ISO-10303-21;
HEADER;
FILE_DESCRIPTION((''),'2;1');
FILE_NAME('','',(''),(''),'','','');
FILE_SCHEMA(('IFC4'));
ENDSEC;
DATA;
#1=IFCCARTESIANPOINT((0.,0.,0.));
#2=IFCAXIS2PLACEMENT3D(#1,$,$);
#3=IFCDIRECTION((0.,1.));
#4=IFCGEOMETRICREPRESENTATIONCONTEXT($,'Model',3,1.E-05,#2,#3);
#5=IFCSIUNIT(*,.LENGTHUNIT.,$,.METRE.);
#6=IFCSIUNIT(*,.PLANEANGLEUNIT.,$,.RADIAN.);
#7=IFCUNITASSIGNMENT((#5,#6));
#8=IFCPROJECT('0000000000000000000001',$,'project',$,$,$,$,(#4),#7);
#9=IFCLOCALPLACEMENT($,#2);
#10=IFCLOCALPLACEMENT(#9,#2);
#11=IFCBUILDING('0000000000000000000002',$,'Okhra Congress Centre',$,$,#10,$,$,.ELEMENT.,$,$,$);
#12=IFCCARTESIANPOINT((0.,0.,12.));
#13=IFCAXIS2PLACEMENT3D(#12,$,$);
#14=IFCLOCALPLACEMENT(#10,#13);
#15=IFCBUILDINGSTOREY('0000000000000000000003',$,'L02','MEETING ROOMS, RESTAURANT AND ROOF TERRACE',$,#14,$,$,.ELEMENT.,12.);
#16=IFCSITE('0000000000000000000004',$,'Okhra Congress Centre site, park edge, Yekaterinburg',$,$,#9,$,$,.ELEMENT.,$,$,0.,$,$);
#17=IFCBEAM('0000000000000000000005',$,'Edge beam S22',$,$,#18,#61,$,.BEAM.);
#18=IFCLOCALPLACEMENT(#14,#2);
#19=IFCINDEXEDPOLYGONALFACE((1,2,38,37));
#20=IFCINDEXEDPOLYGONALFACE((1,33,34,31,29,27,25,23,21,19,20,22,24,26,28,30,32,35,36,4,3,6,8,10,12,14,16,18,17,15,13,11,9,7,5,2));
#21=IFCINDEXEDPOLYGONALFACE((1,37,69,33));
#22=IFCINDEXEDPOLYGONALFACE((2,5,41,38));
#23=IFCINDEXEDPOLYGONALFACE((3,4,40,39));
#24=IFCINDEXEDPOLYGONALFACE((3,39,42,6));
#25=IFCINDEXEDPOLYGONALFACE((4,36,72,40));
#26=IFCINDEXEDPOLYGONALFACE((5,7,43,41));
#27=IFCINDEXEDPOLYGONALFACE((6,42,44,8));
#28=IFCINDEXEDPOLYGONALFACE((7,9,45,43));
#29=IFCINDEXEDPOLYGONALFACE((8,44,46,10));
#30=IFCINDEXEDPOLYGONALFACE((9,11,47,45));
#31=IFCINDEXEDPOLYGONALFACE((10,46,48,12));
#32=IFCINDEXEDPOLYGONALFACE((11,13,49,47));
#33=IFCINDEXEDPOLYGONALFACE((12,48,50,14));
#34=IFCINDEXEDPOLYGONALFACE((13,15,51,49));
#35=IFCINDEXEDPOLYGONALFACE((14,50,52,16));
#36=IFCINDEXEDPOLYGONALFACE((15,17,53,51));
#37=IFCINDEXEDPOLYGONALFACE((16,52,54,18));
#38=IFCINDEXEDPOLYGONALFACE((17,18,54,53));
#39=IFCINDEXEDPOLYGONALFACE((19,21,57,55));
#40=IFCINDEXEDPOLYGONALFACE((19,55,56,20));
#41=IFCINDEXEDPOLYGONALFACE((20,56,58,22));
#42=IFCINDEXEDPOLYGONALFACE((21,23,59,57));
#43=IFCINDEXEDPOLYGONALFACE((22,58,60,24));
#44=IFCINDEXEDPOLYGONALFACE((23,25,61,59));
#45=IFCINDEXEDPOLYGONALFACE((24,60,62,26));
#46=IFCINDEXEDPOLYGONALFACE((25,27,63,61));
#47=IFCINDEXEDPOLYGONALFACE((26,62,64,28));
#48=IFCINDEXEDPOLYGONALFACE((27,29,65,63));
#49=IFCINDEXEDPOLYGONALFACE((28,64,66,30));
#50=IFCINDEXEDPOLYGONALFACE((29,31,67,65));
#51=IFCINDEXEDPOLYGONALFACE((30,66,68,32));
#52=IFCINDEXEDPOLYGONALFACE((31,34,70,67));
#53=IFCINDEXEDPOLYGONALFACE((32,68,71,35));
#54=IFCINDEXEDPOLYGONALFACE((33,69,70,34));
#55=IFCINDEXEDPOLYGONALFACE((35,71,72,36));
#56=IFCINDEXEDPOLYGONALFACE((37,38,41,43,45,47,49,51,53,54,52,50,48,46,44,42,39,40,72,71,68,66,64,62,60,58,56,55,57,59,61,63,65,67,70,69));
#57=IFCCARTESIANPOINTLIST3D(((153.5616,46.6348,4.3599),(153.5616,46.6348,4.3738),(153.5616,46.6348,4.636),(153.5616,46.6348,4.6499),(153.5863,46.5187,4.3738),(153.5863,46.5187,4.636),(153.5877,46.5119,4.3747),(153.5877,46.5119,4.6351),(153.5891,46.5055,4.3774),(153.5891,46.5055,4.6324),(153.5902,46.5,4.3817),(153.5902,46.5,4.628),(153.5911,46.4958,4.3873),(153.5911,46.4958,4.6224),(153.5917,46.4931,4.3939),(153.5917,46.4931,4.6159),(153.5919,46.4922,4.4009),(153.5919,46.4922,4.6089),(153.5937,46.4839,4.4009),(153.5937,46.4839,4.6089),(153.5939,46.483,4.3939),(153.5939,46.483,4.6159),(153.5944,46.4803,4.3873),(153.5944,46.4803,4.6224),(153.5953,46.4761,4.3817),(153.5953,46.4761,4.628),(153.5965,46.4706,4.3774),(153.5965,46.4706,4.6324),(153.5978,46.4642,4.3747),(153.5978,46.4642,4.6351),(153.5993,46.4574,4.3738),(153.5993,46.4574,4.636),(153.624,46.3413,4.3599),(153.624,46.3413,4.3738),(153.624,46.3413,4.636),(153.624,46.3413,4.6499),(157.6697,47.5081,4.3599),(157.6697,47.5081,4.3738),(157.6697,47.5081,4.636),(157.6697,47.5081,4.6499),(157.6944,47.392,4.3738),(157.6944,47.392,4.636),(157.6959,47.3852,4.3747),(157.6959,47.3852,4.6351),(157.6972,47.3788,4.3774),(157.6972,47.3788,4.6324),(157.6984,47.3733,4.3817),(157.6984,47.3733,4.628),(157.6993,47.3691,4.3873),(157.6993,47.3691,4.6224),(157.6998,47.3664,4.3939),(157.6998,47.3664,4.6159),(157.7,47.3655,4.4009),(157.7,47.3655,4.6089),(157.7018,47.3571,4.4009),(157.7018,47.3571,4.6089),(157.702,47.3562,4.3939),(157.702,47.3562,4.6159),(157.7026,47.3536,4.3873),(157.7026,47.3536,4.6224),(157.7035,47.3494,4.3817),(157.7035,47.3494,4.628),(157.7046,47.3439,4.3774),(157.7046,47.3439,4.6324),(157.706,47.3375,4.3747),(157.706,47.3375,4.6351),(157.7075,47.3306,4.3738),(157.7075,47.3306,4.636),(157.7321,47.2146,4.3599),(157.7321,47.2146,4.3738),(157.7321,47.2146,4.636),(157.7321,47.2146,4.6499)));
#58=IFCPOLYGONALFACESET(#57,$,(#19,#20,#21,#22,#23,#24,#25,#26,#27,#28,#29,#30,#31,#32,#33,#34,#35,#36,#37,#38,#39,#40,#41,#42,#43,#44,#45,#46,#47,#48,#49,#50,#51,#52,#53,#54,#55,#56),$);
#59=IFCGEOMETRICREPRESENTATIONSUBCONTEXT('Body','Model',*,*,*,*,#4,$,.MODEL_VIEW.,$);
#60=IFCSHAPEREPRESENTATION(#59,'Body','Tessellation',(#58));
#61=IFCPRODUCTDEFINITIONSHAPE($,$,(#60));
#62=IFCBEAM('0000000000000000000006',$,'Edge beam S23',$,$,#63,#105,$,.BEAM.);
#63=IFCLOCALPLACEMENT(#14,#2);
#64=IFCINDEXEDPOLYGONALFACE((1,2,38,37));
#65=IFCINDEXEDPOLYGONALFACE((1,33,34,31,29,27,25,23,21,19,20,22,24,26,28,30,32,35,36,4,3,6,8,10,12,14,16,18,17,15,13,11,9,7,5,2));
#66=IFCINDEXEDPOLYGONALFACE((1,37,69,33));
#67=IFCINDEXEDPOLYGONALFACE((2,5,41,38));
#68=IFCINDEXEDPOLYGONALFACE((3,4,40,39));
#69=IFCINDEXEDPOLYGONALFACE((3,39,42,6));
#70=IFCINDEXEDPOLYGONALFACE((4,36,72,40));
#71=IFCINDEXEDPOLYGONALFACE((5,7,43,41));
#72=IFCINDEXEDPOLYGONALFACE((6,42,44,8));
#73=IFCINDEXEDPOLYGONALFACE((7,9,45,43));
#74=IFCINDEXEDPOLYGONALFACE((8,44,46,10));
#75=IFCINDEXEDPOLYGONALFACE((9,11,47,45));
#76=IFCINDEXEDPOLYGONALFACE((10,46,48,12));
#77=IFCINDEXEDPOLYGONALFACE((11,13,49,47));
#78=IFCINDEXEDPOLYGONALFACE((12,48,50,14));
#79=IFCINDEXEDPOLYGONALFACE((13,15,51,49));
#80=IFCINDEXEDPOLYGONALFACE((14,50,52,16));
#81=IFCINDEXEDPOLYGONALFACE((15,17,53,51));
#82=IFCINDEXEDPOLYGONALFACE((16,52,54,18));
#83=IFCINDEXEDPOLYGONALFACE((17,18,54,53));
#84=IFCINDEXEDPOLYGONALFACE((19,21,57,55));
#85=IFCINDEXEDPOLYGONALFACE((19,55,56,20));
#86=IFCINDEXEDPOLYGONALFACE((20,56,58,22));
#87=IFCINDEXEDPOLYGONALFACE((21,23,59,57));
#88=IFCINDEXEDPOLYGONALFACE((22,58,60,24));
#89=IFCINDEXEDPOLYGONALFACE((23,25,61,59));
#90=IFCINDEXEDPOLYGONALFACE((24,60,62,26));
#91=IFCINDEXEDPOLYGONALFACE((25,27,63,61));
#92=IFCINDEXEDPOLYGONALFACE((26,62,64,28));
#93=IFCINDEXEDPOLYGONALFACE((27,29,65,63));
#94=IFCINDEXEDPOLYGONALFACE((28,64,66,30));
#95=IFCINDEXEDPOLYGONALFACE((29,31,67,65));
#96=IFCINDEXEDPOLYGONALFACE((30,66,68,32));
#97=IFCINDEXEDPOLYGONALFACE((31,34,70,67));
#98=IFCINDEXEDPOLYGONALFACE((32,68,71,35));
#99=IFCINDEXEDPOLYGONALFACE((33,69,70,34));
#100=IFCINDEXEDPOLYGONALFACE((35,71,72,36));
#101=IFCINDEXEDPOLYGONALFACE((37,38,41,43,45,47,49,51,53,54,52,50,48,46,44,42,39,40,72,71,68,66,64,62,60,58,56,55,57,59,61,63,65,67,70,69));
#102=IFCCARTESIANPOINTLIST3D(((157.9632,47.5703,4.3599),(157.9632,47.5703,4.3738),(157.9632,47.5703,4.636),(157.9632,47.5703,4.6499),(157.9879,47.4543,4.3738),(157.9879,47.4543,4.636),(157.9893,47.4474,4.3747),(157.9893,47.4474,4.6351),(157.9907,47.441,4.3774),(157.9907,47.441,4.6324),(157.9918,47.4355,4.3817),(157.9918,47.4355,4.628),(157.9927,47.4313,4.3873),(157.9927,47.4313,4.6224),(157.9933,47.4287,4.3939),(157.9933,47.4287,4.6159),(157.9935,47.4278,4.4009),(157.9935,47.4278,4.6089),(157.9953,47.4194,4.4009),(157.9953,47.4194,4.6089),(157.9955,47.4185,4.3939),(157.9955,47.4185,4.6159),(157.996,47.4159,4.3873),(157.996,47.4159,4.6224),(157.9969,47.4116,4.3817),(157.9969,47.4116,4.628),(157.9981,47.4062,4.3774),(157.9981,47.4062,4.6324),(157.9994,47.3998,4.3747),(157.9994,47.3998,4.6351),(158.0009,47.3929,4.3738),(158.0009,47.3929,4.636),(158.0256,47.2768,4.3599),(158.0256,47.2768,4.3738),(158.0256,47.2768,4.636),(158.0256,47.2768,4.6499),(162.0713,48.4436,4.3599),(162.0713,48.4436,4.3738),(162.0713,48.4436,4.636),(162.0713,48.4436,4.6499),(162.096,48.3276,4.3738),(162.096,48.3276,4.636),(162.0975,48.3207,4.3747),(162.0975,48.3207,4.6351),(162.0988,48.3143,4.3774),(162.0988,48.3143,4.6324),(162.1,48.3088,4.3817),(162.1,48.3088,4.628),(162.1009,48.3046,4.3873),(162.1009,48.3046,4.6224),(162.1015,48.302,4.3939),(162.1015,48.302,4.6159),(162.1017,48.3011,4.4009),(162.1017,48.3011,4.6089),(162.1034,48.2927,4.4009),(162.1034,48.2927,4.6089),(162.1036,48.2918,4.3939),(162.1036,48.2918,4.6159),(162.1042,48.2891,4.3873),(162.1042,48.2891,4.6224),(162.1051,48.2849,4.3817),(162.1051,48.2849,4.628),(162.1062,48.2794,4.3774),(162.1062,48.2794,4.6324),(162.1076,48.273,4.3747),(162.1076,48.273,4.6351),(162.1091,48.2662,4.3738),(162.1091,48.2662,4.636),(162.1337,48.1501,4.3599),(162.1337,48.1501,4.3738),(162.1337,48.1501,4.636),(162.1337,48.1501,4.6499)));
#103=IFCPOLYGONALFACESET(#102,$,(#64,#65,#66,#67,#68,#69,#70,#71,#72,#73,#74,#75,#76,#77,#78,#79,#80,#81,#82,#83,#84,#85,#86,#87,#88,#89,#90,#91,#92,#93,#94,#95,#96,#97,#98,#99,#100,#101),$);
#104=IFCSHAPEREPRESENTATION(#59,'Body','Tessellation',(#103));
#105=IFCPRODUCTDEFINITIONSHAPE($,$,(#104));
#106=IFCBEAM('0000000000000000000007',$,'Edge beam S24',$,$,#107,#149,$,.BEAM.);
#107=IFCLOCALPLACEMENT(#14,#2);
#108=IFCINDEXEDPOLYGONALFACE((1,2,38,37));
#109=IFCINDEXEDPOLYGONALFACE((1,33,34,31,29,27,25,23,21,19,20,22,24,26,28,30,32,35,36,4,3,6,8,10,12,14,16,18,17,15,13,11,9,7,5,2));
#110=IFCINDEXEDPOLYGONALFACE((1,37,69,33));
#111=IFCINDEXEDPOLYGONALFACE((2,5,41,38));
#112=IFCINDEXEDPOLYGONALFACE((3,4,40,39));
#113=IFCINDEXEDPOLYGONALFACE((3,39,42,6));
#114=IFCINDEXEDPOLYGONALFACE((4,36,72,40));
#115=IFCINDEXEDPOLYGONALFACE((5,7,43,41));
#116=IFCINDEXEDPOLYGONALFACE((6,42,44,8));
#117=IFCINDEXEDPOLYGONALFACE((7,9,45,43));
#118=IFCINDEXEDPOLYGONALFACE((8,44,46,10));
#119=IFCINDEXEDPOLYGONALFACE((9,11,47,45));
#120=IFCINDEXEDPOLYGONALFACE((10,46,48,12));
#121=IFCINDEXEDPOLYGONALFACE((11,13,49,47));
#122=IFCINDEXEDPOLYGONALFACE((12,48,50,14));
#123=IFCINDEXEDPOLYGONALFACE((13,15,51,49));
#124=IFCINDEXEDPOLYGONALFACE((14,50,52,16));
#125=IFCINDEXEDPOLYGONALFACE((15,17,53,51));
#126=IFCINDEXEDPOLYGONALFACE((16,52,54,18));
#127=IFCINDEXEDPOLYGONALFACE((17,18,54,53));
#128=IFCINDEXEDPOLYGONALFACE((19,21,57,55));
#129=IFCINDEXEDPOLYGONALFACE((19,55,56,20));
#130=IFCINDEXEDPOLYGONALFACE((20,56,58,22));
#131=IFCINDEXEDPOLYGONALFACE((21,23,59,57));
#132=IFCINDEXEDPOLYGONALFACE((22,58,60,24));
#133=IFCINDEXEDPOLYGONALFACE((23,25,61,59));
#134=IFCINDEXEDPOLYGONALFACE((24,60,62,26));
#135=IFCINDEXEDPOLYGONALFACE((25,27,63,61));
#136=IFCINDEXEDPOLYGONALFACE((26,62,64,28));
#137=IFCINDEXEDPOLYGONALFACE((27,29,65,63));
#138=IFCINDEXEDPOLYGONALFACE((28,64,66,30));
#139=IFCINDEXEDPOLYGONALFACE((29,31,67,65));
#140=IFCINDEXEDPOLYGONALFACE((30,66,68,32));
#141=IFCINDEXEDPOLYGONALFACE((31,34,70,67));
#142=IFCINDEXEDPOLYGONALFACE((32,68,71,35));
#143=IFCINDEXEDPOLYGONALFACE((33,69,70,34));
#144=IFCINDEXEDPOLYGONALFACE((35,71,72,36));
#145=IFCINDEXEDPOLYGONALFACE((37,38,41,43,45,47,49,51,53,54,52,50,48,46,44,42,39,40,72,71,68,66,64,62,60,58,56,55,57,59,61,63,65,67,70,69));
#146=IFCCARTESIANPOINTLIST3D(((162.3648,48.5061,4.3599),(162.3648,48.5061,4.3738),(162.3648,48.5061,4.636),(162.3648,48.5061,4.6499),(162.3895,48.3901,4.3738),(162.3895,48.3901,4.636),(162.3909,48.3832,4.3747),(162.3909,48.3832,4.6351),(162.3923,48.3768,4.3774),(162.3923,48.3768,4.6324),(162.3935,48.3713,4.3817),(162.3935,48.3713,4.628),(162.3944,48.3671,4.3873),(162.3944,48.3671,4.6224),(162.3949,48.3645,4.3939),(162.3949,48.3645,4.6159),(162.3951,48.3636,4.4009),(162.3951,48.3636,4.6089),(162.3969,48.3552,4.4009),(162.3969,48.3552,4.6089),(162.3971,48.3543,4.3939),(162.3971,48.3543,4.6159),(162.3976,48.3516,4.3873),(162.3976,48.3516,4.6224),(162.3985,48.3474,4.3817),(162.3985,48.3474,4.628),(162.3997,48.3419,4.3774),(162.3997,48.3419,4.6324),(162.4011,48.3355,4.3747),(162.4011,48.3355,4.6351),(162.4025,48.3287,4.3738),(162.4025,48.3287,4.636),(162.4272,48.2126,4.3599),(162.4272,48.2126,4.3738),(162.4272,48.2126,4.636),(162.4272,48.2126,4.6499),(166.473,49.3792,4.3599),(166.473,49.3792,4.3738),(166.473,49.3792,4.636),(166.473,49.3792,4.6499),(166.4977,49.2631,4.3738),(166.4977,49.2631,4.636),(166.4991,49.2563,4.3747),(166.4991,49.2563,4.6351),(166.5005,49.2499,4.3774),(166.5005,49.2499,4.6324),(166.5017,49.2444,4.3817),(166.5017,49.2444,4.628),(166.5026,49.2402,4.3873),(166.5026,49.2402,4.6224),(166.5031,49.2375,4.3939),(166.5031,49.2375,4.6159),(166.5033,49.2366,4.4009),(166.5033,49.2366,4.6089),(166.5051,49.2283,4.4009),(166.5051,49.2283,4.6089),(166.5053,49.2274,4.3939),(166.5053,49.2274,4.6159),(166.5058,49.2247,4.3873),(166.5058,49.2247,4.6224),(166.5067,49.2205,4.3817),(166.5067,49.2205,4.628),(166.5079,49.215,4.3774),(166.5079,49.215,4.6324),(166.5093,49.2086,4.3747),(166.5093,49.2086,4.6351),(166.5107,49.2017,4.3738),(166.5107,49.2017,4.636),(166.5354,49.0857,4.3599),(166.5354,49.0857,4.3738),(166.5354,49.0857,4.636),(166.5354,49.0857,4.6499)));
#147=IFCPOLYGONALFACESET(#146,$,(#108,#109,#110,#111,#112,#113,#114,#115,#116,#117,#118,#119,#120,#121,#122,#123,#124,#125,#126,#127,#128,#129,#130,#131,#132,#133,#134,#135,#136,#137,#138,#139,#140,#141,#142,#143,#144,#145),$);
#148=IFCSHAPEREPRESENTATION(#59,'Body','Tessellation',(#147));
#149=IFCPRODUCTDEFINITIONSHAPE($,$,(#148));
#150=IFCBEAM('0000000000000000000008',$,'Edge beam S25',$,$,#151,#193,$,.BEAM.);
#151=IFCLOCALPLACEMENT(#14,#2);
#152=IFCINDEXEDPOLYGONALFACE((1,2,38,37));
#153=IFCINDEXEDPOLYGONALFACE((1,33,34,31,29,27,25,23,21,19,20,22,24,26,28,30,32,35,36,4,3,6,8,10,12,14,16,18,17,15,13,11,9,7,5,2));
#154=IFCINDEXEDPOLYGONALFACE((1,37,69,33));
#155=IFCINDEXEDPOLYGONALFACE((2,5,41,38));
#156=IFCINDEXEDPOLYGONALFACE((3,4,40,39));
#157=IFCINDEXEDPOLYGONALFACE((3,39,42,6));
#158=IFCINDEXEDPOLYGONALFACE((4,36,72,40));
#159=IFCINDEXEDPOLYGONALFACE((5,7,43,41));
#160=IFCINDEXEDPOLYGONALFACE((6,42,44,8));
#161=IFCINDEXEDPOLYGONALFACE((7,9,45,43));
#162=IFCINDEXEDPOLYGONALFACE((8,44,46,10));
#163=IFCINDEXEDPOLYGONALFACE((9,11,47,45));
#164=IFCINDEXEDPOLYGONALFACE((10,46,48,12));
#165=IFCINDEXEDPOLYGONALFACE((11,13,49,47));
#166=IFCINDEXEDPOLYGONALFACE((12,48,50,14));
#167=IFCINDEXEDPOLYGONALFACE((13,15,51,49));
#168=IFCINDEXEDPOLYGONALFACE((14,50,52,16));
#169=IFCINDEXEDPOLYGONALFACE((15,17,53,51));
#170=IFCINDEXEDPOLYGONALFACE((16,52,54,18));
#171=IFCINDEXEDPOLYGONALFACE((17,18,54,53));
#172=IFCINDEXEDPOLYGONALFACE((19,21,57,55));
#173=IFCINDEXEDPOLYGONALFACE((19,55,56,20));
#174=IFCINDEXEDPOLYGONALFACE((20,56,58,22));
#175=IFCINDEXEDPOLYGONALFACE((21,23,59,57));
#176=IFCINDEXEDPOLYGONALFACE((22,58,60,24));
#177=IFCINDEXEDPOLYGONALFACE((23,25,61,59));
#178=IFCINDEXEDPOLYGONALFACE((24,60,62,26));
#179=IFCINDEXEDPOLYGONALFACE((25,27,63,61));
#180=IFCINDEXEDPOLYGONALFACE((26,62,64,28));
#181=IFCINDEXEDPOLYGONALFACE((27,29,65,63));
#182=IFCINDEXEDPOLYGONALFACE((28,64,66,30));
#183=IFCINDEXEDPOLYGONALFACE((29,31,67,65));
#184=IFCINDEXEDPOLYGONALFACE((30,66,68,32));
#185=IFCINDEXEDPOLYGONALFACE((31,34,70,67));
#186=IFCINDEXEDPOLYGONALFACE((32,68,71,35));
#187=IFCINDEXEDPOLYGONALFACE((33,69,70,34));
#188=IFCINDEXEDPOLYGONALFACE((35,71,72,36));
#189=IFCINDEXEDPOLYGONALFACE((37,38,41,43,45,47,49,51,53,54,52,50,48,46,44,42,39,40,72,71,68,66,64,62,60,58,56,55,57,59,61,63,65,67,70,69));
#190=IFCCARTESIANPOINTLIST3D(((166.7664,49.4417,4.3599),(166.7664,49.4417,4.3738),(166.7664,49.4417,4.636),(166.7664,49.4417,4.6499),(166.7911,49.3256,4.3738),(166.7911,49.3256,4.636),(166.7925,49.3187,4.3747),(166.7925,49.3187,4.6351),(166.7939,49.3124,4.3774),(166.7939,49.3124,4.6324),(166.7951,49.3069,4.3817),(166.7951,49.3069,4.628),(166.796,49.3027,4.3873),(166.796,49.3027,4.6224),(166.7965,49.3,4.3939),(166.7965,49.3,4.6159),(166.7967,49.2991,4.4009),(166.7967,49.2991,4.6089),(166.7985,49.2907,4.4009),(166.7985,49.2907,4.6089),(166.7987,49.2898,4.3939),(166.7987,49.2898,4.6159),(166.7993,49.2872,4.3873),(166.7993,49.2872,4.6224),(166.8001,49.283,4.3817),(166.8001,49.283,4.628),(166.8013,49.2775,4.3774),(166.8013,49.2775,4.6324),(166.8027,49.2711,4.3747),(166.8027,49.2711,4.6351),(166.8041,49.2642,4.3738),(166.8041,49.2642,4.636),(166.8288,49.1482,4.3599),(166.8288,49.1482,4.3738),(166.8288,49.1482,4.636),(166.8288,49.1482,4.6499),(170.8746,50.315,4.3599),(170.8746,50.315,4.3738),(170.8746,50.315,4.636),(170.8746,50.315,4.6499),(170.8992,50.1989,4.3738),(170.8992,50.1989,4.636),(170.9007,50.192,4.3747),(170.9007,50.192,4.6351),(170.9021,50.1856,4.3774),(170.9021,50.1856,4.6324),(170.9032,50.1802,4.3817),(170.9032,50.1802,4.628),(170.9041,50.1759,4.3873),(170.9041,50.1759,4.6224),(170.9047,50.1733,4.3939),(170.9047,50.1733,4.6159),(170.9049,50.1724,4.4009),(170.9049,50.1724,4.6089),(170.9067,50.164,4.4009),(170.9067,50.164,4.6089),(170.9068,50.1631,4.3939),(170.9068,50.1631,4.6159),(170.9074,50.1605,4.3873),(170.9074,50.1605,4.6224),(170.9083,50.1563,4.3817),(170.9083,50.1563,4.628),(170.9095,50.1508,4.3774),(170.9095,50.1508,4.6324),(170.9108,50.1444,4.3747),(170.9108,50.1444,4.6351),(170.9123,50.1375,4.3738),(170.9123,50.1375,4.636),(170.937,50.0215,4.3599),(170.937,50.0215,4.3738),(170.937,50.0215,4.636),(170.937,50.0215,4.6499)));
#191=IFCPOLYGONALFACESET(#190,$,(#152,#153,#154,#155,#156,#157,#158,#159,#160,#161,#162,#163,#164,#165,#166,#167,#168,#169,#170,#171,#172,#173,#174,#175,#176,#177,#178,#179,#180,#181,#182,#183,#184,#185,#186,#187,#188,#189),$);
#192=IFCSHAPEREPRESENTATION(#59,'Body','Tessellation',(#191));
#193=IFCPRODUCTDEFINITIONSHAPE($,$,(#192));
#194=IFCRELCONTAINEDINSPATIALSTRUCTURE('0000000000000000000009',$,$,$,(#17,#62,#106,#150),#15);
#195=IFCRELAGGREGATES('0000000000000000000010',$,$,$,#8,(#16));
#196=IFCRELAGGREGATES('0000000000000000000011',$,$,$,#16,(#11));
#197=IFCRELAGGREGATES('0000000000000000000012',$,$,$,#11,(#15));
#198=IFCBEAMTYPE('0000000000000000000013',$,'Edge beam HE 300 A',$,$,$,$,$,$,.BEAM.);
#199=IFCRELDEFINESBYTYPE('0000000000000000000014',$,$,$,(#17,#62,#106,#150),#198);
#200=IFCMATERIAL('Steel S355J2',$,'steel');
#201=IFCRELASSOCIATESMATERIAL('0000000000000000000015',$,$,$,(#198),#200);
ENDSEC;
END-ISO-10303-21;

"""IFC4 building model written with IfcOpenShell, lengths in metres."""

from ifc_helpers import new_model, si_unit, direction, frame, origin, origin_2d, place, context, subcontext, project, spatial, i_section, extrude, material, material_profile, profile_set, type_object, element, save


model = new_model("IFC4")

# Units and contexts
model_context = context("Model", 3, precision=1e-05, world=origin(), true_north=direction((0.0, 1.0)))
body_context = subcontext(model_context, "Body", "Model", "MODEL_VIEW")
ifc_project = project(units=[si_unit("LENGTHUNIT", "METRE"), si_unit("PLANEANGLEUNIT", "RADIAN")], contexts=[model_context])

# Site, building, storey
site_placement = place(None, origin())
site = spatial("IfcSite", under=ifc_project, at=site_placement, Name="Okhra Congress Centre site, park edge, Yekaterinburg", CompositionType="ELEMENT", RefElevation=0.0)
building_placement = place(site_placement, origin())
building = spatial("IfcBuilding", under=site, at=building_placement, Name="Okhra Congress Centre", CompositionType="ELEMENT")
storey_placement = place(building_placement, frame((0.0, 0.0, 12.0)))
storey = spatial("IfcBuildingStorey", under=building, at=storey_placement, Name="L02", Description="MEETING ROOMS, RESTAURANT AND ROOF TERRACE", CompositionType="ELEMENT", Elevation=12.0)

# Shared definitions
ifc_material_1 = material(Name="Steel S355J2", Category="steel")

# Beams
ifc_material_profile_1 = material_profile(ifc_material_1, i_section(OverallWidth=0.3, OverallDepth=0.29, WebThickness=0.0085, FlangeThickness=0.0139, FilletRadius=0.0271, at=origin_2d()), Name="HE 300 A")
ifc_profile_set_1 = profile_set([ifc_material_profile_1], Name="Steel S355J2")
beam_type_1 = type_object("IfcBeamType", Name="Edge beam HE 300 A", PredefinedType="BEAM", material=ifc_profile_set_1)
for number, where, z_axis, x_axis, name in (
    (1, (153.5928, 46.488, 4.5049), (0.978144, 0.207929, 0.0), (-0.207929, 0.978144, 0.0), "Edge beam S22"),
    (2, (157.9944, 47.4236, 4.5049), (0.978144, 0.207929, 0.0), (-0.207929, 0.978144, 0.0), "Edge beam S23"),
    (3, (162.396, 48.3594, 4.5049), (0.978156, 0.207873, 0.0), (-0.207873, 0.978156, 0.0), "Edge beam S24"),
    (4, (166.7976, 49.2949, 4.5049), (0.978144, 0.207929, 0.0), (-0.207929, 0.978144, 0.0), "Edge beam S25"),
):
    element("IfcBeam", number, at=place(storey_placement, frame(where, z_axis=z_axis, x_axis=x_axis)), inside=storey, type_object=beam_type_1, Name=name, PredefinedType="BEAM", context=body_context, shape_type="SweptSolid", body=[
        extrude(i_section(OverallWidth=0.3, OverallDepth=0.29, WebThickness=0.0085, FlangeThickness=0.0139, FilletRadius=0.0271, at=origin_2d()), origin(), (0.0, 0.0, 1.0), 4.2),
    ])

save(model, "model.ifc")
